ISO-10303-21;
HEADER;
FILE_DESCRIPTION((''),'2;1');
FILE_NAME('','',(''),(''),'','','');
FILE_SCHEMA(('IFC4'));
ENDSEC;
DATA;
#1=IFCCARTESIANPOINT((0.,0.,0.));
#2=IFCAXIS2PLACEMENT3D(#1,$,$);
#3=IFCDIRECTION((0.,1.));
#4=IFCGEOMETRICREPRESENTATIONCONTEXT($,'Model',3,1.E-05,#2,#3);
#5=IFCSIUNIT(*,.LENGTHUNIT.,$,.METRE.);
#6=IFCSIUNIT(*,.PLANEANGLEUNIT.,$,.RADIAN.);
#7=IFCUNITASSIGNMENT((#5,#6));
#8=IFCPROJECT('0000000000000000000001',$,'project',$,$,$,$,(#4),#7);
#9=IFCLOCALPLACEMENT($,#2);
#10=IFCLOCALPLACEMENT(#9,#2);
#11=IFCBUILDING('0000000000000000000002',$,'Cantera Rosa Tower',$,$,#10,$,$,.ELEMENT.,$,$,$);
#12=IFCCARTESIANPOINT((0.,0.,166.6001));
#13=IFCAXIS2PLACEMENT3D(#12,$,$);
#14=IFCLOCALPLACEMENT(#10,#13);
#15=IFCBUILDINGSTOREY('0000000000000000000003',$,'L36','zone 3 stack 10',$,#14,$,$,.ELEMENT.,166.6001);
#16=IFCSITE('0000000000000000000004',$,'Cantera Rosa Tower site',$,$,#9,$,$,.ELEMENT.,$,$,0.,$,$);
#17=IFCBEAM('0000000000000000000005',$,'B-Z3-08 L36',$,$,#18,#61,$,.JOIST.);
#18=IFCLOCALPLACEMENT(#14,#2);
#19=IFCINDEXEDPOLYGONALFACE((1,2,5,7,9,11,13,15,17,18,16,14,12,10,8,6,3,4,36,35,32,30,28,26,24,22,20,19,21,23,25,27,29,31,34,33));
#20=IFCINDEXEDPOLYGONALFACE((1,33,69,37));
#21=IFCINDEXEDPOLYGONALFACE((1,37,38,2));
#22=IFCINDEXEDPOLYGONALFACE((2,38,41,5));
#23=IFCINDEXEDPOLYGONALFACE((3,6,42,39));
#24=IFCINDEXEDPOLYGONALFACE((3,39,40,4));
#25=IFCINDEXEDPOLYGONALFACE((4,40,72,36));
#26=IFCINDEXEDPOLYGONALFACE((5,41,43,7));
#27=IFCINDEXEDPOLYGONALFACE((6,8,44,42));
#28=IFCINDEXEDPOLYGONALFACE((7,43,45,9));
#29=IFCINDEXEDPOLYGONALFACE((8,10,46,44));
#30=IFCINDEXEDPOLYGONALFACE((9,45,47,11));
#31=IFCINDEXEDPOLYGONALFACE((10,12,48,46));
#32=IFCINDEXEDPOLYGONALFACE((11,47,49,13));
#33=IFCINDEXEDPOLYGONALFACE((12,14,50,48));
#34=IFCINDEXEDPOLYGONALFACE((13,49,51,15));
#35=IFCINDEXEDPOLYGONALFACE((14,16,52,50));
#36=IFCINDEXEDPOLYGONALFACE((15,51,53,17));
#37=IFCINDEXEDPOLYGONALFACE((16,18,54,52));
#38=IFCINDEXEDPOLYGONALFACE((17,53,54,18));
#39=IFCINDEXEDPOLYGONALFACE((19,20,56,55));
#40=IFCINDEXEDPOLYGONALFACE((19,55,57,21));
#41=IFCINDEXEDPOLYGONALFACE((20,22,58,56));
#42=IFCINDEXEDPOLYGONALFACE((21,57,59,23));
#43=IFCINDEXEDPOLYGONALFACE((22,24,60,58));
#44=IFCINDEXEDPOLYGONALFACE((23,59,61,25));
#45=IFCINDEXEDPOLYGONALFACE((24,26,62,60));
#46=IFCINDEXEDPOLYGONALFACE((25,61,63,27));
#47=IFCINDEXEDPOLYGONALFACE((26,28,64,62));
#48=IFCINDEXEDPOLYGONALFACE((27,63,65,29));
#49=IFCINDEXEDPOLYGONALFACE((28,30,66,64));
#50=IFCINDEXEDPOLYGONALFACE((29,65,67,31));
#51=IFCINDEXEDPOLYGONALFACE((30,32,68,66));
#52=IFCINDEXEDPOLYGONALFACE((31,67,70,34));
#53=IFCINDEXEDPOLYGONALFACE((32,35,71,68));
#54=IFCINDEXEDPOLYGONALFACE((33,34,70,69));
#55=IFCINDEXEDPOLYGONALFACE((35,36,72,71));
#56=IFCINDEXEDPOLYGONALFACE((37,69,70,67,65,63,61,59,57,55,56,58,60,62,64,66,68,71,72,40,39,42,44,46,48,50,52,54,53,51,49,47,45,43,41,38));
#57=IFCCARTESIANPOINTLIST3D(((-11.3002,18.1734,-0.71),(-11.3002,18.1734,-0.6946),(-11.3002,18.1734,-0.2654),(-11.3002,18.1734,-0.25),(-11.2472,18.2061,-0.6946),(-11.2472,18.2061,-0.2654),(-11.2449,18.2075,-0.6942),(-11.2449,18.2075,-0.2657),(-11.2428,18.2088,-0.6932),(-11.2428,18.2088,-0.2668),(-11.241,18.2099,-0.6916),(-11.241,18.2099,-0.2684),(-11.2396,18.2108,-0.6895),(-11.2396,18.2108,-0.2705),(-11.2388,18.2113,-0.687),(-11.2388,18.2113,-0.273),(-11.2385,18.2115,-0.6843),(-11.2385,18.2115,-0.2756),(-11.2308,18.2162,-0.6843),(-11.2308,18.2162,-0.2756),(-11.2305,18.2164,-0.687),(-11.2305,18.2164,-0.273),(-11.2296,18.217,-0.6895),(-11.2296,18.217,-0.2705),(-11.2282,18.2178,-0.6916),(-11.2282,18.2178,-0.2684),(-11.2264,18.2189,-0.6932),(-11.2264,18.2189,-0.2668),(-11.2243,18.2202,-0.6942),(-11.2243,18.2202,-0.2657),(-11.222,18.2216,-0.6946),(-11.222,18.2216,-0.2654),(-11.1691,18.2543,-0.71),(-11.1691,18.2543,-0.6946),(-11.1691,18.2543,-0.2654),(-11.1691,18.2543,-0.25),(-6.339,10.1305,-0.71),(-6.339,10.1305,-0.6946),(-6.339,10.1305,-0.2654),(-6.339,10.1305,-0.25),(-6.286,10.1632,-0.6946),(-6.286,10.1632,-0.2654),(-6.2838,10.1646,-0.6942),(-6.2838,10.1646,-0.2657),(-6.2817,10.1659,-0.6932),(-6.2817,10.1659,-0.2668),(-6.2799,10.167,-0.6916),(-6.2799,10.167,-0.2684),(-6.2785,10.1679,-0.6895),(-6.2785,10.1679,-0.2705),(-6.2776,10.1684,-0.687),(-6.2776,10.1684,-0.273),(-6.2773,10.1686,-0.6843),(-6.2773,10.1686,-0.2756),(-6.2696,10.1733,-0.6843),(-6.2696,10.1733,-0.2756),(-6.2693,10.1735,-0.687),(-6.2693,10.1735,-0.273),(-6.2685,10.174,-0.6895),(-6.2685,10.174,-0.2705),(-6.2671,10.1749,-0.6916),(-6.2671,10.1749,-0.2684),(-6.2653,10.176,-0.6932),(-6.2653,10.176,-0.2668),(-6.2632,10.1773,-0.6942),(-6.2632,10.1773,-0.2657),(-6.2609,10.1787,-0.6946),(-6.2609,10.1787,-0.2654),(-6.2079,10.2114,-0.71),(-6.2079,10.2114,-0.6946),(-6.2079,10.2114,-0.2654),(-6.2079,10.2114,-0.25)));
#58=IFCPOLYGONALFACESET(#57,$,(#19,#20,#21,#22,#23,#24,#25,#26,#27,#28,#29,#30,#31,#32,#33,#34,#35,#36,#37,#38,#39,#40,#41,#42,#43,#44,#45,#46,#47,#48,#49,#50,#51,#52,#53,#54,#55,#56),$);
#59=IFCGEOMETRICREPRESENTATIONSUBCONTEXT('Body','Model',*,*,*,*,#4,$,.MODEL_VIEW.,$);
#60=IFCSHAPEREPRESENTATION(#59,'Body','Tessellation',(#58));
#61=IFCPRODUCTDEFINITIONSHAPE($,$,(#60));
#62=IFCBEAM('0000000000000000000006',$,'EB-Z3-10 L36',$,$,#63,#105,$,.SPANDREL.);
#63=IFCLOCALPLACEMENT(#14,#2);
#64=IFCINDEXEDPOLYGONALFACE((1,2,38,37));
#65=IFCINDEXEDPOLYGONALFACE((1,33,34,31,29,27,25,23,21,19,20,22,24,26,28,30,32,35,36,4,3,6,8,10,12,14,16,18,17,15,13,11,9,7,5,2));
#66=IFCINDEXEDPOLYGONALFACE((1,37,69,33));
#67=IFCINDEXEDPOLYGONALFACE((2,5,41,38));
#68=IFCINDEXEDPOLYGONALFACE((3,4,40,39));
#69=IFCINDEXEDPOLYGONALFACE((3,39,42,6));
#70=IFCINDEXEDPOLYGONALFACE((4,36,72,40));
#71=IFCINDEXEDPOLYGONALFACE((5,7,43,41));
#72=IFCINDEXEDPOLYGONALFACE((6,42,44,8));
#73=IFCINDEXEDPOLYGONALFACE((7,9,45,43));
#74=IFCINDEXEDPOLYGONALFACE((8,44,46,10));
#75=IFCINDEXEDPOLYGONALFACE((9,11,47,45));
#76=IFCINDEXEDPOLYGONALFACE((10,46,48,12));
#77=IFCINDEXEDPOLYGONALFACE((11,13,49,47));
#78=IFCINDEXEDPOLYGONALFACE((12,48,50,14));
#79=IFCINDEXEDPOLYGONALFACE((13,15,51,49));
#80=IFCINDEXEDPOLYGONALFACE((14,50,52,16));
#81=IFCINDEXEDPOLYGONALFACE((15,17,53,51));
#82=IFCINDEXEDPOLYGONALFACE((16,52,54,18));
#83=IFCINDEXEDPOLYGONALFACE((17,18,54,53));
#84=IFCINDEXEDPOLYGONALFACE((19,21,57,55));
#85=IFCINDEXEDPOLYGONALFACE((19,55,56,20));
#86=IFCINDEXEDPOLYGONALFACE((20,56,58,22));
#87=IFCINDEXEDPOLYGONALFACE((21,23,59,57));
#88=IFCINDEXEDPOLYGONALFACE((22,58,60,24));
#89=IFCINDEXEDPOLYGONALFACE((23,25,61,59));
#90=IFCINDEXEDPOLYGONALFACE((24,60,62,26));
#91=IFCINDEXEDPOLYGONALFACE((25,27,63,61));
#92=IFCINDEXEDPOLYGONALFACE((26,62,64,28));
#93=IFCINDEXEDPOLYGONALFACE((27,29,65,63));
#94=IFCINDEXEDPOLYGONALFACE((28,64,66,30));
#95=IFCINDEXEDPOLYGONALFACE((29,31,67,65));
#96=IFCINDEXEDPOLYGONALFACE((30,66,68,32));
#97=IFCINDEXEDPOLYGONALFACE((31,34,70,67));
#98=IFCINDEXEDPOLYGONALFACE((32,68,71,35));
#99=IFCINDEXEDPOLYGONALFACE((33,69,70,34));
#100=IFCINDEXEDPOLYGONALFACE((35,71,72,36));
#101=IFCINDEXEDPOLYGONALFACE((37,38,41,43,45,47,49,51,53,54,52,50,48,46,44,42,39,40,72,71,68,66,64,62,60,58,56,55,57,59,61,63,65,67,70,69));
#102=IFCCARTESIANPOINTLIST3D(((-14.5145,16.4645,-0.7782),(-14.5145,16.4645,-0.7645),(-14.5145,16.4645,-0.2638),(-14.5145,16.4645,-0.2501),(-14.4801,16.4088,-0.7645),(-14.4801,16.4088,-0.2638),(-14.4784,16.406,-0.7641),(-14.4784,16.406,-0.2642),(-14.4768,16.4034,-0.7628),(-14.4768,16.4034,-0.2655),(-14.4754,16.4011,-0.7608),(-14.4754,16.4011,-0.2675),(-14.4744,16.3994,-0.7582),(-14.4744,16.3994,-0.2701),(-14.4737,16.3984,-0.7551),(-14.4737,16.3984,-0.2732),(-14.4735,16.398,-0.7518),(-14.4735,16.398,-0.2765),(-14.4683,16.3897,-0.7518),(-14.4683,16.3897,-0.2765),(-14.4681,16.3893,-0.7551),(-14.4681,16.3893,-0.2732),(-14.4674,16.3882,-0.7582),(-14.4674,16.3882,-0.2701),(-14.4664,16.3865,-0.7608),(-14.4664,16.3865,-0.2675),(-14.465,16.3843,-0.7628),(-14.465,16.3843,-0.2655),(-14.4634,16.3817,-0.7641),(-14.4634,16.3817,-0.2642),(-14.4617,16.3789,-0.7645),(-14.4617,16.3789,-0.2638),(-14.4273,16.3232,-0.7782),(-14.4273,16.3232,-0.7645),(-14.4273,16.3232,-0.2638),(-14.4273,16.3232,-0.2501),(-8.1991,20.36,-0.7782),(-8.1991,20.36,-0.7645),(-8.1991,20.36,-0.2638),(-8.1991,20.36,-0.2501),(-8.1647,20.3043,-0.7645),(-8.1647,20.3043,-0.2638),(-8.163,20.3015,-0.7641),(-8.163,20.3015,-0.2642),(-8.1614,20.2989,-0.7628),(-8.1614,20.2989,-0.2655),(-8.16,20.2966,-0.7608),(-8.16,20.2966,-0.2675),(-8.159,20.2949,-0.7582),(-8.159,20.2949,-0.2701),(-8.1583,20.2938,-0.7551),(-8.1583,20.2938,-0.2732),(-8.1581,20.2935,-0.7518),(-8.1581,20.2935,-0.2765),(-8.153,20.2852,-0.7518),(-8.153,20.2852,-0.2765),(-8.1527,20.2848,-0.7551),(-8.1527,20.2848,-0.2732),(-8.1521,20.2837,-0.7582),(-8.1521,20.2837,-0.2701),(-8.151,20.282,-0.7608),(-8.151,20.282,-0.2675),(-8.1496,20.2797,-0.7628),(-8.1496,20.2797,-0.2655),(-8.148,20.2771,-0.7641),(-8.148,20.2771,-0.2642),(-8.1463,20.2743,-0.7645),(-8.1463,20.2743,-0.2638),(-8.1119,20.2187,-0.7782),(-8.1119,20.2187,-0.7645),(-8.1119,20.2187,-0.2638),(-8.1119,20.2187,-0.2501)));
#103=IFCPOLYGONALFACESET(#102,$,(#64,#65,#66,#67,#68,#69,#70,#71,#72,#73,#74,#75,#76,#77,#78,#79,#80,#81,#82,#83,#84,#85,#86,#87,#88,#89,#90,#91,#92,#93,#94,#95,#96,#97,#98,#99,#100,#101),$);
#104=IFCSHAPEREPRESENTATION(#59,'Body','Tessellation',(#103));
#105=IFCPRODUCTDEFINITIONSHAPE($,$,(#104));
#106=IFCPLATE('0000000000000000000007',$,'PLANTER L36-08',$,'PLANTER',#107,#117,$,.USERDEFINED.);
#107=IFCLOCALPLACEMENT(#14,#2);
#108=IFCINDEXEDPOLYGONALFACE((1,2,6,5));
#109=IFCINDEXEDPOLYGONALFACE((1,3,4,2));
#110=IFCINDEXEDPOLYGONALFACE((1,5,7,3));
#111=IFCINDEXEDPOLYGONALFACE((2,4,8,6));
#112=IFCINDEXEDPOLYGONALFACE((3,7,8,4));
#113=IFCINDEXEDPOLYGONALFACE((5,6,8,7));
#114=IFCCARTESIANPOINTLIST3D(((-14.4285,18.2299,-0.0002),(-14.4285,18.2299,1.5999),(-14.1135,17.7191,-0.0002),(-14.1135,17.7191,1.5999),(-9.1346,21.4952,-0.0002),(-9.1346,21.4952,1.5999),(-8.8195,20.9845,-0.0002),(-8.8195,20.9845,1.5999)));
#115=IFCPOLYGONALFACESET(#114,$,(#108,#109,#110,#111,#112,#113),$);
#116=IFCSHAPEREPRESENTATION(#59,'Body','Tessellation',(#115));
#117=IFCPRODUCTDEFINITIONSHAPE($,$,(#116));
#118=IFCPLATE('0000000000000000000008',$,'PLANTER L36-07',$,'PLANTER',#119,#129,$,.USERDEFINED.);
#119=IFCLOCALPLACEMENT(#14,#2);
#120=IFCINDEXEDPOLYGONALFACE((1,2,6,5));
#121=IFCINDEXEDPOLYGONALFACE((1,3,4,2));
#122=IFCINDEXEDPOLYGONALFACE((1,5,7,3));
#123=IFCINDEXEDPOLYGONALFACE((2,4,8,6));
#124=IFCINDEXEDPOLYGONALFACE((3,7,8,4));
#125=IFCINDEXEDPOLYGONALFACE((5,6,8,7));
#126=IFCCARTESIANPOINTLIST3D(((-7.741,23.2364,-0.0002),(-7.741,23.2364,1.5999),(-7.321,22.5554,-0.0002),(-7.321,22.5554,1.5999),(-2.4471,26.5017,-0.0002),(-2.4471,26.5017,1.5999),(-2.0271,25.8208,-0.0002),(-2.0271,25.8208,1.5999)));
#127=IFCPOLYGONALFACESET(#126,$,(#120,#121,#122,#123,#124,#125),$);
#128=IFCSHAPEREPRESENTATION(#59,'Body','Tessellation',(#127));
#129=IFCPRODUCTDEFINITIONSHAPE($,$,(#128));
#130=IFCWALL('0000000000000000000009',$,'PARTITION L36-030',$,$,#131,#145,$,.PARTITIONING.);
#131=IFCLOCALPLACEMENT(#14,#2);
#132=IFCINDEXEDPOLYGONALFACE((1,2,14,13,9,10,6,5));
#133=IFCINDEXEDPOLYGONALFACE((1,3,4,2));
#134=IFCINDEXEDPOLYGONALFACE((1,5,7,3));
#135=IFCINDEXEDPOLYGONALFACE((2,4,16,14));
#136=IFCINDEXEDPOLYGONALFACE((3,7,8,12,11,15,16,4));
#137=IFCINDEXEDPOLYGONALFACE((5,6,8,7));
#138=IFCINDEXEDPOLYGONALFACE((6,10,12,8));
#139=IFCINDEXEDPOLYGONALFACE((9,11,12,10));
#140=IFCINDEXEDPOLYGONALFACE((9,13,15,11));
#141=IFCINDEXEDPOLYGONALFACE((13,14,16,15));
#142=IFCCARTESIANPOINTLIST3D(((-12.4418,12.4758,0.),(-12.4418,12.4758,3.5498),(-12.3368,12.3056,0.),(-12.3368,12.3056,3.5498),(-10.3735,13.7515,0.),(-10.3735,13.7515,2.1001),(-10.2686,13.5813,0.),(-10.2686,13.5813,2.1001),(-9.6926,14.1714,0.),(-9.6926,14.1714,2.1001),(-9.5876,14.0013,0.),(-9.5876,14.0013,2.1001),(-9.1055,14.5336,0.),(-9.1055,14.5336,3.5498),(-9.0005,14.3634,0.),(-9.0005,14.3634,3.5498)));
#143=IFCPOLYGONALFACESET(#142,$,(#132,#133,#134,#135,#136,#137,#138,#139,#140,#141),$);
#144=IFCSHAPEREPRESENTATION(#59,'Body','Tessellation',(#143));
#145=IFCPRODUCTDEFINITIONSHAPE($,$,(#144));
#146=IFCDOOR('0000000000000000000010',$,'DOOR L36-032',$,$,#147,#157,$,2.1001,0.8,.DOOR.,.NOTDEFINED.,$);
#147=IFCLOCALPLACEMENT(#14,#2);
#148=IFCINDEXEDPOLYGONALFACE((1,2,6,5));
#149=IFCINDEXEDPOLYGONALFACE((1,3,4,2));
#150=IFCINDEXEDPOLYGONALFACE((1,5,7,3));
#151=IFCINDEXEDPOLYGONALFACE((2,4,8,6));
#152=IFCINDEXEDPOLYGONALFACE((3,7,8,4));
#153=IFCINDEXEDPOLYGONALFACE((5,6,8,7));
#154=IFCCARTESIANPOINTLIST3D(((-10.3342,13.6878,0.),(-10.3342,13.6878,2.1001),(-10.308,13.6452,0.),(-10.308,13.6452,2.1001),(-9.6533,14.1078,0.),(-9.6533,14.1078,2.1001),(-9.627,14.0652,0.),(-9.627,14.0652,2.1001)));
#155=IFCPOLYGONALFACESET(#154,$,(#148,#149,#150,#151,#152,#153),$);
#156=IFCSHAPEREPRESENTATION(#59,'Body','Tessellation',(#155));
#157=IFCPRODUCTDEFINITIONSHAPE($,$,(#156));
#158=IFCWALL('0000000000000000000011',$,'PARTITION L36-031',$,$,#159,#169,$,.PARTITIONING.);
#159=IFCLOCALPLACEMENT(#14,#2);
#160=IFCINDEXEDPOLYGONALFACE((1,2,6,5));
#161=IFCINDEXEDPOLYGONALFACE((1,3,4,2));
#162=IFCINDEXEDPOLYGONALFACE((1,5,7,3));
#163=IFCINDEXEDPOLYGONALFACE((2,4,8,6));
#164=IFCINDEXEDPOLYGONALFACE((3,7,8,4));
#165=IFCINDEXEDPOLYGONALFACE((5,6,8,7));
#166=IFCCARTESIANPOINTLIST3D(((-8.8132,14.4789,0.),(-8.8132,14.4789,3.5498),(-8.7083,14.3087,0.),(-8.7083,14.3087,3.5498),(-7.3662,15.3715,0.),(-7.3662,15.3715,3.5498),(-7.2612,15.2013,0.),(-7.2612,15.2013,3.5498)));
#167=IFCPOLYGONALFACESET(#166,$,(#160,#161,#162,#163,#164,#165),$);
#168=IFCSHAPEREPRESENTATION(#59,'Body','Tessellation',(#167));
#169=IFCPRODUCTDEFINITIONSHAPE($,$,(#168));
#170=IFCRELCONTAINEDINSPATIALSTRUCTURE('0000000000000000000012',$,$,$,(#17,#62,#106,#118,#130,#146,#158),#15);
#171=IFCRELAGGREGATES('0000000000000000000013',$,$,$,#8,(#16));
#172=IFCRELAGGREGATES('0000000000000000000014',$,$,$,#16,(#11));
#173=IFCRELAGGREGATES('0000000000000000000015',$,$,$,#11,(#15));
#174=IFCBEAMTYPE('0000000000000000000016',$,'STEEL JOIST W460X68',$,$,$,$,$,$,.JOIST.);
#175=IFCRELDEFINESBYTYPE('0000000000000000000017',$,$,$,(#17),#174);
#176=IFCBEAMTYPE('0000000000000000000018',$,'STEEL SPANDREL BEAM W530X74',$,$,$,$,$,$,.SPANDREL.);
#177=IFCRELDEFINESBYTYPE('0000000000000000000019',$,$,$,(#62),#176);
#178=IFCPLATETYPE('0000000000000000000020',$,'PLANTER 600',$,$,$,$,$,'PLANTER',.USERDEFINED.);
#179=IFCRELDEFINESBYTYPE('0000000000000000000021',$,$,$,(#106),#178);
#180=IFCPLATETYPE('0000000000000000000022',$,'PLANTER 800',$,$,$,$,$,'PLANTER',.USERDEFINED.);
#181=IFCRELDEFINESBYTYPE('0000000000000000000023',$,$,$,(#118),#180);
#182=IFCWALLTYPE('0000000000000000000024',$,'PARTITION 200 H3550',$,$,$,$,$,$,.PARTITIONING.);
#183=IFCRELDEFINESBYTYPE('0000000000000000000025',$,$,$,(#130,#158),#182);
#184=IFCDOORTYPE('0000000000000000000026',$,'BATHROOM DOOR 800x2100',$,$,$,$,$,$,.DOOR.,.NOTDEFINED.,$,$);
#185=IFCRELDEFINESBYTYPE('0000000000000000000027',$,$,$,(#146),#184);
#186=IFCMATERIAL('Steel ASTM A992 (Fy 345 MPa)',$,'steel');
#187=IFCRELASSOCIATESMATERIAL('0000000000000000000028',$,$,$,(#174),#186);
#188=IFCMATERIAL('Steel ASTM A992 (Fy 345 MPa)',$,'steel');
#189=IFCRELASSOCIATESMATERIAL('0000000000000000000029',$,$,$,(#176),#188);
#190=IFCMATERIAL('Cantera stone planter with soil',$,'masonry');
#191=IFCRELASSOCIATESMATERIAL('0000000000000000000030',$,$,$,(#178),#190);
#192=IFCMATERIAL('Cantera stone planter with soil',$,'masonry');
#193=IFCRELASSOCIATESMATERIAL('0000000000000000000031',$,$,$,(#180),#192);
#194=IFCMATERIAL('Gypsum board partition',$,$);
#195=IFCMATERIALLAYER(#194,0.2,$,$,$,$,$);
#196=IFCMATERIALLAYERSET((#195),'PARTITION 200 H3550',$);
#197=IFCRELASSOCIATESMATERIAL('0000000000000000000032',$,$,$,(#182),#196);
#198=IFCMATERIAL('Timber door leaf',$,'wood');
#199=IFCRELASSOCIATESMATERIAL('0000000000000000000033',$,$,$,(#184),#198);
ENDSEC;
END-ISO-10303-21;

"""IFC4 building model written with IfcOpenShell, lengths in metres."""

from ifc_helpers import new_model, si_unit, direction, frame, frame_2d, origin, origin_2d, place, context, subcontext, project, spatial, rectangle, i_section, extrude, material, layer, layer_set, material_profile, profile_set, type_object, element, fill, save


model = new_model("IFC4")

# Units and contexts
model_context = context("Model", 3, precision=1e-05, world=origin(), true_north=direction((0.0, 1.0)))
body_context = subcontext(model_context, "Body", "Model", "MODEL_VIEW")
ifc_project = project(units=[si_unit("LENGTHUNIT", "METRE"), si_unit("PLANEANGLEUNIT", "RADIAN")], contexts=[model_context])

# Site, building, storey
site_placement = place(None, origin())
site = spatial("IfcSite", under=ifc_project, at=site_placement, Name="Cantera Rosa Tower site", CompositionType="ELEMENT", RefElevation=0.0)
building_placement = place(site_placement, origin())
building = spatial("IfcBuilding", under=site, at=building_placement, Name="Cantera Rosa Tower", CompositionType="ELEMENT")
storey_placement = place(building_placement, frame((0.0, 0.0, 166.6001)))
storey = spatial("IfcBuildingStorey", under=building, at=storey_placement, Name="L36", Description="zone 3 stack 10", CompositionType="ELEMENT", Elevation=166.6001)

# Beams
ifc_material_1 = material(Name="Steel ASTM A992 (Fy 345 MPa)", Category="steel")
ifc_material_profile_1 = material_profile(ifc_material_1, i_section(OverallWidth=0.1541, OverallDepth=0.46, WebThickness=0.009, FlangeThickness=0.0154, FilletRadius=0.0103, at=origin_2d()), Name="W460X68")
ifc_profile_set_1 = profile_set([ifc_material_profile_1], Name="Steel ASTM A992 (Fy 345 MPa)")
beam_type_1 = type_object("IfcBeamType", Name="STEEL JOIST W460X68", PredefinedType="JOIST", material=ifc_profile_set_1)
beam_1_placement = place(storey_placement, frame((-11.2346, 18.2139, -0.48), z_axis=(0.524992, -0.851107, 0.0), x_axis=(0.851107, 0.524992, 0.0)))
element("IfcBeam", 1, at=beam_1_placement, inside=storey, type_object=beam_type_1, Name="B-Z3-08 L36", PredefinedType="JOIST", context=body_context, shape_type="SweptSolid", body=[
    extrude(i_section(OverallWidth=0.1541, OverallDepth=0.46, WebThickness=0.009, FlangeThickness=0.0154, FilletRadius=0.0103, at=origin_2d()), origin(), (0.0, 0.0, 1.0), 9.45),
])
ifc_material_2 = material(Name="Steel ASTM A992 (Fy 345 MPa)", Category="steel")
ifc_material_profile_2 = material_profile(ifc_material_2, i_section(OverallWidth=0.166, OverallDepth=0.5281, WebThickness=0.0098, FlangeThickness=0.0137, FilletRadius=0.0127, at=origin_2d()), Name="W530X74")
ifc_profile_set_2 = profile_set([ifc_material_profile_2], Name="Steel ASTM A992 (Fy 345 MPa)")
beam_type_2 = type_object("IfcBeamType", Name="STEEL SPANDREL BEAM W530X74", PredefinedType="SPANDREL", material=ifc_profile_set_2)
beam_2_placement = place(storey_placement, frame((-8.1555, 20.2893, -0.5142), z_axis=(-0.851111, -0.524986, 0.0), x_axis=(0.524986, -0.851111, 0.0)))
element("IfcBeam", 2, at=beam_2_placement, inside=storey, type_object=beam_type_2, Name="EB-Z3-10 L36", PredefinedType="SPANDREL", context=body_context, shape_type="SweptSolid", body=[
    extrude(i_section(OverallWidth=0.166, OverallDepth=0.5281, WebThickness=0.0098, FlangeThickness=0.0137, FilletRadius=0.0127, at=origin_2d()), origin(), (0.0, 0.0, 1.0), 7.4202),
])

# Plates
ifc_material_3 = material(Name="Cantera stone planter with soil", Category="masonry")
plate_type_1 = type_object("IfcPlateType", Name="PLANTER 600", ElementType="PLANTER", PredefinedType="USERDEFINED", material=ifc_material_3)
plate_1_placement = place(storey_placement, frame((-11.624, 19.6072, -0.0002), z_axis=(0.0, 0.0, 1.0), x_axis=(-0.851117, -0.524977, 0.0)))
element("IfcPlate", 3, at=plate_1_placement, inside=storey, type_object=plate_type_1, Name="PLANTER L36-08", ObjectType="PLANTER", PredefinedType="USERDEFINED", context=body_context, shape_type="SweptSolid", body=[
    extrude(rectangle(XDim=6.22, YDim=0.6001, at=origin_2d()), origin(), (0.0, 0.0, 1.0), 1.6001),
])
ifc_material_4 = material(Name="Cantera stone planter with soil", Category="masonry")
plate_type_2 = type_object("IfcPlateType", Name="PLANTER 800", ElementType="PLANTER", PredefinedType="USERDEFINED", material=ifc_material_4)
plate_2_placement = place(storey_placement, frame((-4.884, 24.5286, -0.0002), z_axis=(0.0, 0.0, 1.0), x_axis=(-0.851117, -0.524977, 0.0)))
element("IfcPlate", 4, at=plate_2_placement, inside=storey, type_object=plate_type_2, Name="PLANTER L36-07", ObjectType="PLANTER", PredefinedType="USERDEFINED", context=body_context, shape_type="SweptSolid", body=[
    extrude(rectangle(XDim=6.22, YDim=0.8, at=origin_2d()), origin(), (0.0, 0.0, 1.0), 1.6001),
])

# Wall, opening, door
ifc_material_5 = material(Name="Gypsum board partition")
ifc_layer_1 = layer(ifc_material_5, 0.2)
ifc_layer_set_1 = layer_set([ifc_layer_1], Name="PARTITION 200 H3550")
wall_type_1 = type_object("IfcWallType", Name="PARTITION 200 H3550", PredefinedType="PARTITIONING", material=ifc_layer_set_1)
wall_1_placement = place(storey_placement, frame((-9.053, 14.4485, 0.0), z_axis=(0.0, 0.0, 1.0), x_axis=(-0.851125, -0.524962, 0.0)))
wall_1 = element("IfcWall", 5, at=wall_1_placement, inside=storey, type_object=wall_type_1, Name="PARTITION L36-030", PredefinedType="PARTITIONING", context=body_context, shape_type="SweptSolid", body=[
    extrude(rectangle(XDim=3.9199, YDim=0.2, at=frame_2d((1.96, 0.0))), origin(), (0.0, 0.0, 1.0), 3.5498),
])
opening_1_placement = place(wall_1_placement, frame((0.6899, 0.0, 0.0)))
opening_1 = element("IfcOpeningElement", 6, at=opening_1_placement, cuts=wall_1, PredefinedType="OPENING", context=body_context, shape_type="SweptSolid", body=[
    extrude(rectangle(XDim=0.8, YDim=2.1001, at=frame_2d((0.3999, 1.05))), frame((0.0, 0.1099, 0.0), z_axis=(0.0, -1.0, 0.0), x_axis=(1.0, 0.0, 0.0)), (0.0, 0.0, 1.0), 0.22),
])
ifc_material_6 = material(Name="Timber door leaf", Category="wood")
door_type_1 = type_object("IfcDoorType", Name="BATHROOM DOOR 800x2100", OperationType="NOTDEFINED", PredefinedType="DOOR", material=ifc_material_6)
door_1_placement = place(opening_1_placement, origin())
door_1 = element("IfcDoor", 7, at=door_1_placement, inside=storey, type_object=door_type_1, Name="DOOR L36-032", OperationType="NOTDEFINED", OverallHeight=2.1001, OverallWidth=0.8, PredefinedType="DOOR", context=body_context, shape_type="SweptSolid", body=[
    extrude(rectangle(XDim=0.8, YDim=2.1001, at=frame_2d((0.3999, 1.05))), frame((0.0, 0.0249, 0.0), z_axis=(0.0, -1.0, 0.0), x_axis=(1.0, 0.0, 0.0)), (0.0, 0.0, 1.0), 0.05),
])
fill(opening_1, door_1)

# Wall
wall_2_placement = place(storey_placement, frame((-8.7607, 14.3938, 0.0), z_axis=(0.0, 0.0, 1.0), x_axis=(0.851106, 0.524994, 0.0)))
element("IfcWall", 8, at=wall_2_placement, inside=storey, type_object=wall_type_1, Name="PARTITION L36-031", PredefinedType="PARTITIONING", context=body_context, shape_type="SweptSolid", body=[
    extrude(rectangle(XDim=1.7002, YDim=0.2, at=frame_2d((0.8501, 0.0))), origin(), (0.0, 0.0, 1.0), 3.5498),
])

save(model, "model.ifc")
